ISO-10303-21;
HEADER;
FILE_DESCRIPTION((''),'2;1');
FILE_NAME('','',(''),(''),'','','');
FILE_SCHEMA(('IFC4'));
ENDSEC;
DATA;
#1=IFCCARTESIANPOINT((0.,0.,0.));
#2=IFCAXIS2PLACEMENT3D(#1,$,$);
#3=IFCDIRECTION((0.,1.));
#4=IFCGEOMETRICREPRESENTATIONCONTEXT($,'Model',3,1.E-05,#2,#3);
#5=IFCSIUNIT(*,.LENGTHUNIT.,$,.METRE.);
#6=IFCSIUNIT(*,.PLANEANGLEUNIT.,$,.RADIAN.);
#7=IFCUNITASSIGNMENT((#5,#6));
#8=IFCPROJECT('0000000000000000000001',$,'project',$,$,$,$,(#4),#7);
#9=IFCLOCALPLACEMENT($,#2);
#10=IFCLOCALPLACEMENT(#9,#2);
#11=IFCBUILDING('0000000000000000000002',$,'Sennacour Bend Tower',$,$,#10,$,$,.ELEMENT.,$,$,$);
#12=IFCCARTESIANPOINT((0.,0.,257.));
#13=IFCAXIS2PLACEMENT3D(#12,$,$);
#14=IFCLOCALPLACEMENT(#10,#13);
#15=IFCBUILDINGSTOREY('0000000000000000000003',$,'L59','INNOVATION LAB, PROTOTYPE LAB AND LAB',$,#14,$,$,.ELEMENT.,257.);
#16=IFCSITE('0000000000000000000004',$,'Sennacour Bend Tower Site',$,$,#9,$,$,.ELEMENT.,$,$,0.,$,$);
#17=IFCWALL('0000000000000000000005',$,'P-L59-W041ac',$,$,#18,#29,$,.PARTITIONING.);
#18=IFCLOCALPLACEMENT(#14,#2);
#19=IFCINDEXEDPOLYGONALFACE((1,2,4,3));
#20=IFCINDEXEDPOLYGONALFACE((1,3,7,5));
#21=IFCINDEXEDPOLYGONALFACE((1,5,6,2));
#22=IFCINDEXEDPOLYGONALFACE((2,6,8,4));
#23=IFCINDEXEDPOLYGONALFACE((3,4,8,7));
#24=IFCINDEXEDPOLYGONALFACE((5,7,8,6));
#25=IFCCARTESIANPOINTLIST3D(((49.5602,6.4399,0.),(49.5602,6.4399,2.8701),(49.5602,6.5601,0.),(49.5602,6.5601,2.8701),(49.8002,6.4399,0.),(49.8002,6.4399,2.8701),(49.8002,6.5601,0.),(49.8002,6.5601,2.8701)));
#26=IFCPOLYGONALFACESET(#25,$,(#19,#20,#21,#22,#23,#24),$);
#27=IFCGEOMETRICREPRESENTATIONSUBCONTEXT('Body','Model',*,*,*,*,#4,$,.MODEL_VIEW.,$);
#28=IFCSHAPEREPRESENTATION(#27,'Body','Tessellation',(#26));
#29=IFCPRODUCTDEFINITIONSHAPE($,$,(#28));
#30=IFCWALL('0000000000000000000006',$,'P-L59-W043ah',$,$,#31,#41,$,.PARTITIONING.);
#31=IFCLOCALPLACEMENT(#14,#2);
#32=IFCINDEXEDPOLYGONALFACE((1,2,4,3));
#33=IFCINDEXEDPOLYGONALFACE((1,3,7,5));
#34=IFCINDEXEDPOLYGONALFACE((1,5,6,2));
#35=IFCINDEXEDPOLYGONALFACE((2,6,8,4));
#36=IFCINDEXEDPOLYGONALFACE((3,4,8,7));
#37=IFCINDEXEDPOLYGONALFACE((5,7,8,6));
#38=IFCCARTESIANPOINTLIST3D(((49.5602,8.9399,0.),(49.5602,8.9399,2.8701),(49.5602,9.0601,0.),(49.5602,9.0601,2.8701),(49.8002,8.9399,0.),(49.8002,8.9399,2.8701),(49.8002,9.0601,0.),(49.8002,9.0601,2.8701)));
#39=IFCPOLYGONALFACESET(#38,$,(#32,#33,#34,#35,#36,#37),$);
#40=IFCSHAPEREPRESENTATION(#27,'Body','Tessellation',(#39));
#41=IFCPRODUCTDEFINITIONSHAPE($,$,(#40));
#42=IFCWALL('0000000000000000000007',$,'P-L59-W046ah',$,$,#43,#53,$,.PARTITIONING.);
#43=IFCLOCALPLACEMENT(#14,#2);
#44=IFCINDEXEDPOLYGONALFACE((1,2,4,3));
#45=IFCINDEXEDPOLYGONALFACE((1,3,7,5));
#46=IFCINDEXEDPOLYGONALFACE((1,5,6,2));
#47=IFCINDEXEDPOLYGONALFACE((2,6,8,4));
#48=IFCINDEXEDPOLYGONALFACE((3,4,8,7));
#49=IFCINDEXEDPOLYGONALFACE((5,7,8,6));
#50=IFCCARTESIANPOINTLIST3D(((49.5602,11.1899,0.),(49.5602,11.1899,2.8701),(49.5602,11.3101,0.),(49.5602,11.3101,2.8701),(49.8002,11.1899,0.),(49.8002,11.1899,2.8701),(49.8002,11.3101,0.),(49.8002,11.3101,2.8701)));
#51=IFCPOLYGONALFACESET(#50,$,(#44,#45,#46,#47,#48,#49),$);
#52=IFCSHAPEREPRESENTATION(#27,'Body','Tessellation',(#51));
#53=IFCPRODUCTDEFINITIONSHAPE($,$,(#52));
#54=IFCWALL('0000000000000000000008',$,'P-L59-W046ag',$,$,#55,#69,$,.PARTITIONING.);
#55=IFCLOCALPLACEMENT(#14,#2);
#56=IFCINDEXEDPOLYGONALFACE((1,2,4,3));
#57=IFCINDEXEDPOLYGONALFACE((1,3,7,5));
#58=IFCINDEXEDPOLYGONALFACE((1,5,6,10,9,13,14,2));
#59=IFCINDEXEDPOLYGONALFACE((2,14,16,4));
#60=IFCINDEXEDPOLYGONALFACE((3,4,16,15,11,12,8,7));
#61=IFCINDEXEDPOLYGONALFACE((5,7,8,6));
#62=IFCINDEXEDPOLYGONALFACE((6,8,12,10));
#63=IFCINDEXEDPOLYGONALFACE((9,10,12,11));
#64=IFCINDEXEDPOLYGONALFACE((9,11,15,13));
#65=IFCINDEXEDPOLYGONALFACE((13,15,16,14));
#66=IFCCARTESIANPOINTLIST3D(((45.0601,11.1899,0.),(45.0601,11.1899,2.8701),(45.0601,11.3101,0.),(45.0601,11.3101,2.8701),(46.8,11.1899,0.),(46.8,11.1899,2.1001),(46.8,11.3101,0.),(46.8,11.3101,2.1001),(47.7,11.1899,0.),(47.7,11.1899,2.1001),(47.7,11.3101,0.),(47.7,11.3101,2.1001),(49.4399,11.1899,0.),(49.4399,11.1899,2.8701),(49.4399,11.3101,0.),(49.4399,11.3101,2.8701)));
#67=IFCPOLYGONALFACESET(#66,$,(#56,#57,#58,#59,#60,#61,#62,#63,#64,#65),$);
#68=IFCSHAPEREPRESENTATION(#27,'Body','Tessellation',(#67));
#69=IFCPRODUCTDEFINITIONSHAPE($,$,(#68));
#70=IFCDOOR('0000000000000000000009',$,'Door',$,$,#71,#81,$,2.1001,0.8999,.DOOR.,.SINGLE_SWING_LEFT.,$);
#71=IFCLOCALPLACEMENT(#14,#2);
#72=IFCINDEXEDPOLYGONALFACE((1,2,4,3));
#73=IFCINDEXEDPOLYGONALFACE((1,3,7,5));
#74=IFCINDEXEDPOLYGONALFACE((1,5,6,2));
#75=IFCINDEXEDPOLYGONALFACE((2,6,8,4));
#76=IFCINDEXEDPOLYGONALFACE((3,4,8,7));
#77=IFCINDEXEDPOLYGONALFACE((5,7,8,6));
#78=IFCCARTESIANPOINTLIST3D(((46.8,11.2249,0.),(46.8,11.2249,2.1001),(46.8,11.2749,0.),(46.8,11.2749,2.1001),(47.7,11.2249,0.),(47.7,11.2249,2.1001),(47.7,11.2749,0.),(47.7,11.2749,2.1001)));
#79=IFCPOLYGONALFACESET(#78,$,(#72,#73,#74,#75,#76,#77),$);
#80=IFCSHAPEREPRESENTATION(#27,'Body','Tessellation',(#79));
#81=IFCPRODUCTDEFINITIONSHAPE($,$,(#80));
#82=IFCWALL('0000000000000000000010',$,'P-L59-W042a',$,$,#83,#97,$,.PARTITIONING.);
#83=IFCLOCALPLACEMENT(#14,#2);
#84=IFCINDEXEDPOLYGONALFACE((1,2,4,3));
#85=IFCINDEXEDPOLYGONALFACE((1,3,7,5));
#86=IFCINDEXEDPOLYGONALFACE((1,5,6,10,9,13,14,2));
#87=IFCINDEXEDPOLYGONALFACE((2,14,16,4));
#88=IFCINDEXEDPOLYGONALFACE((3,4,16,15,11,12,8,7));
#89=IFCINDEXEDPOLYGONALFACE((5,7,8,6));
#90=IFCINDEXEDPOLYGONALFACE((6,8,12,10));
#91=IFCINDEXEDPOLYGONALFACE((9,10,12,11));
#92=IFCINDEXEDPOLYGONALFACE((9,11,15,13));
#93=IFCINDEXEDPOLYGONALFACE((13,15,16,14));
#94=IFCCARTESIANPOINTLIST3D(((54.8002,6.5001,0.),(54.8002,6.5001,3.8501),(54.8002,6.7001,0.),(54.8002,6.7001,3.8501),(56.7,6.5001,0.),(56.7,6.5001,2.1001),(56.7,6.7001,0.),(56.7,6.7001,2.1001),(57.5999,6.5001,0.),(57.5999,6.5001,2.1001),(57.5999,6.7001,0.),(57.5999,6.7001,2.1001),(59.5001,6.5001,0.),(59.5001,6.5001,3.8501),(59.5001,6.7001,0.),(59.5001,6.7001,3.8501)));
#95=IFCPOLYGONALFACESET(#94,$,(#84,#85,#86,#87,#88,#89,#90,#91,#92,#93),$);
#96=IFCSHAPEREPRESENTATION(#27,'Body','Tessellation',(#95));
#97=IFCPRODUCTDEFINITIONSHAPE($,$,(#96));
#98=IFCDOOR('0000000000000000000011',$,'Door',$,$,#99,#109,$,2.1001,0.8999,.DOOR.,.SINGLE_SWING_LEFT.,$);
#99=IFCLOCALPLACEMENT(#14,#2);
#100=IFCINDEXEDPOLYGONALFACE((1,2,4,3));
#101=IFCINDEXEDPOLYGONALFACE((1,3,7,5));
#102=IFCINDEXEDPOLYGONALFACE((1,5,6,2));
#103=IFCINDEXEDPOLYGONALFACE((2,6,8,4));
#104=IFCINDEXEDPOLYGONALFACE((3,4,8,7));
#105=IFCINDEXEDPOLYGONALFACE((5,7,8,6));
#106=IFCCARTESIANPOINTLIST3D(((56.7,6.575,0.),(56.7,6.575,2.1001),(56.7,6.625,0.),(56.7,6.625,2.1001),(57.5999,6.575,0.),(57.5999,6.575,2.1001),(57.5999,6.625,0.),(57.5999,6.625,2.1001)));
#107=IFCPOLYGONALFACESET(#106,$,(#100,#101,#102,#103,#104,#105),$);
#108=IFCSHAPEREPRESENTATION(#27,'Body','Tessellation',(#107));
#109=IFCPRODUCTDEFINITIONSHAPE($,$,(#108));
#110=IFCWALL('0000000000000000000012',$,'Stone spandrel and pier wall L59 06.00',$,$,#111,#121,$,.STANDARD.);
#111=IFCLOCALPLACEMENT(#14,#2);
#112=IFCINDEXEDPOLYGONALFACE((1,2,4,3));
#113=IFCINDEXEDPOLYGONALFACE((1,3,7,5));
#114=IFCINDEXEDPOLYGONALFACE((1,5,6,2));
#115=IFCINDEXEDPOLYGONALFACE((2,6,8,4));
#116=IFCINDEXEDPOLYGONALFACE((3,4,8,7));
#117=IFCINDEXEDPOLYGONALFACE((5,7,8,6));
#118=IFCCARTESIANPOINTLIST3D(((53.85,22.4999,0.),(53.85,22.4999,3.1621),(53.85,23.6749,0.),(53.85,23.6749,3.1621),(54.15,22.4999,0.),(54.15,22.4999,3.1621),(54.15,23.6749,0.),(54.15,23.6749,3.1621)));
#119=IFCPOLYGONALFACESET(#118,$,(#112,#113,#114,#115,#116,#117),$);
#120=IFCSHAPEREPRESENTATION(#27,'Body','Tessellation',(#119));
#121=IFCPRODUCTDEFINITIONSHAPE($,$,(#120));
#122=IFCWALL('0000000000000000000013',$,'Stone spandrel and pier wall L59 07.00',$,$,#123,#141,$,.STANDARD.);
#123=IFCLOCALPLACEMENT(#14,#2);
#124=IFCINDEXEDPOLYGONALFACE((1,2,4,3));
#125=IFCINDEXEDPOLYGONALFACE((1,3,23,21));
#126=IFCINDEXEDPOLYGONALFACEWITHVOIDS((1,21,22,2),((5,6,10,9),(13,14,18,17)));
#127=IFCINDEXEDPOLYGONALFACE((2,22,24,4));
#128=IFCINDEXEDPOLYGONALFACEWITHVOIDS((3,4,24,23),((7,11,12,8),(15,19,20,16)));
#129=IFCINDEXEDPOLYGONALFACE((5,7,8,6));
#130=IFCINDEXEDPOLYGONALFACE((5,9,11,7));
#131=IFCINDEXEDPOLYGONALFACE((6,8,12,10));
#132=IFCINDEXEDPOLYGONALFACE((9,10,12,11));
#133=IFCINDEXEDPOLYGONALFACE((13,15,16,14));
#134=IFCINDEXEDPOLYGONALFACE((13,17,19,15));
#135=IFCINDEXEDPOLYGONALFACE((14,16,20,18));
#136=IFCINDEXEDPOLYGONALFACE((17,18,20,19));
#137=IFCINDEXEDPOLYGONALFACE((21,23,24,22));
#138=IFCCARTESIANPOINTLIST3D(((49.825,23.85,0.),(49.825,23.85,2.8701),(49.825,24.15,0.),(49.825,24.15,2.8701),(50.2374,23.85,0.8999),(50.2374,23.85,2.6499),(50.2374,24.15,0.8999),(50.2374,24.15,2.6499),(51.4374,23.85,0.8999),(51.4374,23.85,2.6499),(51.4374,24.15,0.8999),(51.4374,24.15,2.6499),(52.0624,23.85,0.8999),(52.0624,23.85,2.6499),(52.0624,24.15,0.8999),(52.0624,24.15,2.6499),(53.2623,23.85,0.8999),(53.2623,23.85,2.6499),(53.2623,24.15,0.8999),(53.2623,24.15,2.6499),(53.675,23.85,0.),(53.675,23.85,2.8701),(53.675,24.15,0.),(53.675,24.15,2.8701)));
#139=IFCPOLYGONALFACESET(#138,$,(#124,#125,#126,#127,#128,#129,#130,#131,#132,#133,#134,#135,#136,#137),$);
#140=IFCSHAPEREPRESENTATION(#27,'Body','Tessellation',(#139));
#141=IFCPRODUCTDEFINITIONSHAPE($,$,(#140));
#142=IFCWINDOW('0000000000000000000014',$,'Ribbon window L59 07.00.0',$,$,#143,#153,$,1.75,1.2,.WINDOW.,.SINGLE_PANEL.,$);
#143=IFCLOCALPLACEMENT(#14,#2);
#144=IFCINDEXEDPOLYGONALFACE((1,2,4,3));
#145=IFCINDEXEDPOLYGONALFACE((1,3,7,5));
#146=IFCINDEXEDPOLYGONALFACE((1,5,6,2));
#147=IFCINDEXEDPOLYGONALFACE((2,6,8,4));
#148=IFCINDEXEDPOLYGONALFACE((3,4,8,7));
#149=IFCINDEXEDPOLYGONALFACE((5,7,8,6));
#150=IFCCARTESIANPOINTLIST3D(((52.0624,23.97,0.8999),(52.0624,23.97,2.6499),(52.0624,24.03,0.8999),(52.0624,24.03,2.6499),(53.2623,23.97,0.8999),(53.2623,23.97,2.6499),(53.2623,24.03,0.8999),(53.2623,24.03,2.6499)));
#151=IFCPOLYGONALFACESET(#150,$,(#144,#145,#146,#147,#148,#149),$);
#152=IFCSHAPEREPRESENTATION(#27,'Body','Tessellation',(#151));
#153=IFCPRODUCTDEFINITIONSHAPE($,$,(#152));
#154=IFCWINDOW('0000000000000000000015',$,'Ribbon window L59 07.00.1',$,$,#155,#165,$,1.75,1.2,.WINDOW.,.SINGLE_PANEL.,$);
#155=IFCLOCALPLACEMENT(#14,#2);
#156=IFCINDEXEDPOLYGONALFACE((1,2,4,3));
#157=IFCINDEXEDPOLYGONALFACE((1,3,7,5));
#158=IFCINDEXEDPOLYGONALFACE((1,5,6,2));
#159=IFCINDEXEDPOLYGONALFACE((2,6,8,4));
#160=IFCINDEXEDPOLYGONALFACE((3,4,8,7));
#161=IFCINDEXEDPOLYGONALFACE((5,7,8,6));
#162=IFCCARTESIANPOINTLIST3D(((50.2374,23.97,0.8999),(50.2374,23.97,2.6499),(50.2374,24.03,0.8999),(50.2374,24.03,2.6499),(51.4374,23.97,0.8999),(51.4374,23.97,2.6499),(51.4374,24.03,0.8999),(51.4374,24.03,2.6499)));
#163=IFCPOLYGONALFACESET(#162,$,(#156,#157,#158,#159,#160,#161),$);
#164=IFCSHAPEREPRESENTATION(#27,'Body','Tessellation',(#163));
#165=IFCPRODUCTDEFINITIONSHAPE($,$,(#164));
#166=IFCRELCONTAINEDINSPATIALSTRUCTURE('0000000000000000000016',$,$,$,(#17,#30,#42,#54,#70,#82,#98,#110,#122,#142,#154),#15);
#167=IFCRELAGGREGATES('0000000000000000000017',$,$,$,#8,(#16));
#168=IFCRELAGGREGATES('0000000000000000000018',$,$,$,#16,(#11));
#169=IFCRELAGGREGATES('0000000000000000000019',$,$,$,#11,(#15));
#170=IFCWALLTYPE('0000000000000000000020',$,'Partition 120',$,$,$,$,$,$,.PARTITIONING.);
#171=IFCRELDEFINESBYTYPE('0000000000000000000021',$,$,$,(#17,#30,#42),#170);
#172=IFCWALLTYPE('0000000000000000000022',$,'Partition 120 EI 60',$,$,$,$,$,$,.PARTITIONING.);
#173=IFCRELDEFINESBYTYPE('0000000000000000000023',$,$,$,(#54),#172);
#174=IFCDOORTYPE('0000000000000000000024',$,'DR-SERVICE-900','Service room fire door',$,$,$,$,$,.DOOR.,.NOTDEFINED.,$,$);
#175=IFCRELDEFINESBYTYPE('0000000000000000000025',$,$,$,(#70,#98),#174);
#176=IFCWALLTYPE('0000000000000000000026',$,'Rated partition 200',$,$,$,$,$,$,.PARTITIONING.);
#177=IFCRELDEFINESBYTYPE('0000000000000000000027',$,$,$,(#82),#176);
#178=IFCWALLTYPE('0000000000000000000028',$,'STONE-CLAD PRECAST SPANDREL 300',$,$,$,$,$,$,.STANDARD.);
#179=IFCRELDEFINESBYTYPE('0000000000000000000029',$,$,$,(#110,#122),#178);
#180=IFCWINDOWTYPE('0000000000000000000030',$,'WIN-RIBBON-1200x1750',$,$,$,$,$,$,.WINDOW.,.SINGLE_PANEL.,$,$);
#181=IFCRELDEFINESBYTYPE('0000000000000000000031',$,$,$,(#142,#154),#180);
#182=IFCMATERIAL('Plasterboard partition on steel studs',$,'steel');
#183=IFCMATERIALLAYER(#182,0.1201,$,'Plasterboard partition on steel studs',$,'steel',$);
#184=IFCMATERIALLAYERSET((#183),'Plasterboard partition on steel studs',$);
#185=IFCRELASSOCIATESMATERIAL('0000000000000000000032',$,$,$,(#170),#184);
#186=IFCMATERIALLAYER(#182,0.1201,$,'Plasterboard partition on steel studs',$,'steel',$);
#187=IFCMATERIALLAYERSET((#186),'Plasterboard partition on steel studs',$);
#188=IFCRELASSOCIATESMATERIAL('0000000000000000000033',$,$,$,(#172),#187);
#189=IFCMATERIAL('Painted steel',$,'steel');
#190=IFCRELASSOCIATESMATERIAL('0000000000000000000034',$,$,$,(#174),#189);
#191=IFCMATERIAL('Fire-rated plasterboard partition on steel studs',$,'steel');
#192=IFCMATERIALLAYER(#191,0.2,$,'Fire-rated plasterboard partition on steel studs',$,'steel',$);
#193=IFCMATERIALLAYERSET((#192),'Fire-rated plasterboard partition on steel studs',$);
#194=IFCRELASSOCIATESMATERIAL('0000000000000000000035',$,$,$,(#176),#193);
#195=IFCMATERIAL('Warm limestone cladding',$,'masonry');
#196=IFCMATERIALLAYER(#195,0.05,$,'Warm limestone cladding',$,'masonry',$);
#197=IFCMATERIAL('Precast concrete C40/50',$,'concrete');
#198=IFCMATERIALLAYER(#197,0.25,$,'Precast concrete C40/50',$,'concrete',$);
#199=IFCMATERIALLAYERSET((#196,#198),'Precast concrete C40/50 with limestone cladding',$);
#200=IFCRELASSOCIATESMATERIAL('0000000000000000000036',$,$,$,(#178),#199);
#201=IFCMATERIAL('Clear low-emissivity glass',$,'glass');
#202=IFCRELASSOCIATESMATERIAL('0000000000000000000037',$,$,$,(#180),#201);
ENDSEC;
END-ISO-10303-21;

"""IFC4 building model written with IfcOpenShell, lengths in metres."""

from ifc_helpers import new_model, si_unit, direction, frame, frame_2d, origin, place, context, subcontext, project, spatial, rectangle, extrude, material, layer, layer_set, type_object, element, fill, save


model = new_model("IFC4")

# Units and contexts
model_context = context("Model", 3, precision=1e-05, world=origin(), true_north=direction((0.0, 1.0)))
body_context = subcontext(model_context, "Body", "Model", "MODEL_VIEW")
ifc_project = project(units=[si_unit("LENGTHUNIT", "METRE"), si_unit("PLANEANGLEUNIT", "RADIAN")], contexts=[model_context])

# Site, building, storey
site_placement = place(None, origin())
site = spatial("IfcSite", under=ifc_project, at=site_placement, Name="Sennacour Bend Tower Site", CompositionType="ELEMENT", RefElevation=0.0)
building_placement = place(site_placement, origin())
building = spatial("IfcBuilding", under=site, at=building_placement, Name="Sennacour Bend Tower", CompositionType="ELEMENT")
storey_placement = place(building_placement, frame((0.0, 0.0, 257.0)))
storey = spatial("IfcBuildingStorey", under=building, at=storey_placement, Name="L59", Description="INNOVATION LAB, PROTOTYPE LAB AND LAB", CompositionType="ELEMENT", Elevation=257.0)

# Walls
ifc_material_1 = material(Name="Plasterboard partition on steel studs", Category="steel")
ifc_layer_1 = layer(ifc_material_1, 0.1201, Name="Plasterboard partition on steel studs", Category="steel")
ifc_layer_set_1 = layer_set([ifc_layer_1], Name="Plasterboard partition on steel studs")
wall_type_1 = type_object("IfcWallType", Name="Partition 120", PredefinedType="PARTITIONING", material=ifc_layer_set_1)
for number, where, z_axis, x_axis, name in (
    (1, (49.5601, 6.5, 0.0), (0.0, 0.0, 1.0), (1.0, 0.0, 0.0), "P-L59-W041ac"),
    (2, (49.5601, 9.0, 0.0), (0.0, 0.0, 1.0), (1.0, 0.0, 0.0), "P-L59-W043ah"),
    (3, (49.5601, 11.25, 0.0), (0.0, 0.0, 1.0), (1.0, 0.0, 0.0), "P-L59-W046ah"),
):
    element("IfcWall", number, at=place(storey_placement, frame(where, z_axis=z_axis, x_axis=x_axis)), inside=storey, type_object=wall_type_1, Name=name, PredefinedType="PARTITIONING", context=body_context, shape_type="SweptSolid", body=[
        extrude(rectangle(XDim=0.24, YDim=0.1201, at=frame_2d((0.1201, 0.0))), origin(), (0.0, 0.0, 1.0), 2.8701),
    ])

# Walls, openings, doors
ifc_layer_2 = layer(ifc_material_1, 0.1201, Name="Plasterboard partition on steel studs", Category="steel")
ifc_layer_set_2 = layer_set([ifc_layer_2], Name="Plasterboard partition on steel studs")
wall_type_2 = type_object("IfcWallType", Name="Partition 120 EI 60", PredefinedType="PARTITIONING", material=ifc_layer_set_2)
wall_1_placement = place(storey_placement, frame((45.0601, 11.25, 0.0), z_axis=(0.0, 0.0, 1.0), x_axis=(1.0, 0.0, 0.0)))
wall_1 = element("IfcWall", 4, at=wall_1_placement, inside=storey, type_object=wall_type_2, Name="P-L59-W046ag", PredefinedType="PARTITIONING", context=body_context, shape_type="SweptSolid", body=[
    extrude(rectangle(XDim=4.3799, YDim=0.1201, at=frame_2d((2.1899, 0.0))), origin(), (0.0, 0.0, 1.0), 2.8701),
])
opening_1_placement = place(wall_1_placement, frame((1.74, 0.0, 0.0)))
opening_1 = element("IfcOpeningElement", 5, at=opening_1_placement, cuts=wall_1, PredefinedType="OPENING", context=body_context, shape_type="SweptSolid", body=[
    extrude(rectangle(XDim=0.8999, YDim=2.1001, at=frame_2d((0.45, 1.05))), frame((0.0, 0.0701, 0.0), z_axis=(0.0, -1.0, 0.0), x_axis=(1.0, 0.0, 0.0)), (0.0, 0.0, 1.0), 0.1401),
])
ifc_material_2 = material(Name="Painted steel", Category="steel")
door_type_1 = type_object("IfcDoorType", Name="DR-SERVICE-900", Description="Service room fire door", OperationType="NOTDEFINED", PredefinedType="DOOR", material=ifc_material_2)
door_1_placement = place(opening_1_placement, origin())
door_1 = element("IfcDoor", 6, at=door_1_placement, inside=storey, type_object=door_type_1, Name="Door", OperationType="SINGLE_SWING_LEFT", OverallHeight=2.1001, OverallWidth=0.8999, PredefinedType="DOOR", context=body_context, shape_type="SweptSolid", body=[
    extrude(rectangle(XDim=0.8999, YDim=2.1001, at=frame_2d((0.45, 1.05))), frame((0.0, 0.0249, 0.0), z_axis=(0.0, -1.0, 0.0), x_axis=(1.0, 0.0, 0.0)), (0.0, 0.0, 1.0), 0.05),
])
fill(opening_1, door_1)
ifc_material_3 = material(Name="Fire-rated plasterboard partition on steel studs", Category="steel")
ifc_layer_3 = layer(ifc_material_3, 0.2, Name="Fire-rated plasterboard partition on steel studs", Category="steel")
ifc_layer_set_3 = layer_set([ifc_layer_3], Name="Fire-rated plasterboard partition on steel studs")
wall_type_3 = type_object("IfcWallType", Name="Rated partition 200", PredefinedType="PARTITIONING", material=ifc_layer_set_3)
wall_2_placement = place(storey_placement, frame((54.8, 6.6001, 0.0), z_axis=(0.0, 0.0, 1.0), x_axis=(1.0, 0.0, 0.0)))
wall_2 = element("IfcWall", 7, at=wall_2_placement, inside=storey, type_object=wall_type_3, Name="P-L59-W042a", PredefinedType="PARTITIONING", context=body_context, shape_type="SweptSolid", body=[
    extrude(rectangle(XDim=4.7, YDim=0.2, at=frame_2d((2.3501, 0.0))), origin(), (0.0, 0.0, 1.0), 3.8501),
])
opening_2_placement = place(wall_2_placement, frame((1.8999, 0.0, 0.0)))
opening_2 = element("IfcOpeningElement", 8, at=opening_2_placement, cuts=wall_2, PredefinedType="OPENING", context=body_context, shape_type="SweptSolid", body=[
    extrude(rectangle(XDim=0.8999, YDim=2.1001, at=frame_2d((0.45, 1.05))), frame((0.0, 0.1099, 0.0), z_axis=(0.0, -1.0, 0.0), x_axis=(1.0, 0.0, 0.0)), (0.0, 0.0, 1.0), 0.22),
])
door_2_placement = place(opening_2_placement, origin())
door_2 = element("IfcDoor", 9, at=door_2_placement, inside=storey, type_object=door_type_1, Name="Door", OperationType="SINGLE_SWING_LEFT", OverallHeight=2.1001, OverallWidth=0.8999, PredefinedType="DOOR", context=body_context, shape_type="SweptSolid", body=[
    extrude(rectangle(XDim=0.8999, YDim=2.1001, at=frame_2d((0.45, 1.05))), frame((0.0, 0.0249, 0.0), z_axis=(0.0, -1.0, 0.0), x_axis=(1.0, 0.0, 0.0)), (0.0, 0.0, 1.0), 0.05),
])
fill(opening_2, door_2)

# Wall
ifc_material_4 = material(Name="Warm limestone cladding", Category="masonry")
ifc_layer_4 = layer(ifc_material_4, 0.05, Name="Warm limestone cladding", Category="masonry")
ifc_material_5 = material(Name="Precast concrete C40/50", Category="concrete")
ifc_layer_5 = layer(ifc_material_5, 0.25, Name="Precast concrete C40/50", Category="concrete")
ifc_layer_set_4 = layer_set([ifc_layer_4, ifc_layer_5], Name="Precast concrete C40/50 with limestone cladding")
wall_type_4 = type_object("IfcWallType", Name="STONE-CLAD PRECAST SPANDREL 300", PredefinedType="STANDARD", material=ifc_layer_set_4)
wall_3_placement = place(storey_placement, frame((54.0, 22.5, 0.0), z_axis=(0.0, 0.0, 1.0), x_axis=(0.0, 1.0, 0.0)))
element("IfcWall", 10, at=wall_3_placement, inside=storey, type_object=wall_type_4, Name="Stone spandrel and pier wall L59 06.00", PredefinedType="STANDARD", context=body_context, shape_type="SweptSolid", body=[
    extrude(rectangle(XDim=1.175, YDim=0.3, at=frame_2d((0.5874, 0.0))), origin(), (0.0, 0.0, 1.0), 3.1621),
])

# Wall, openings, windows
wall_4_placement = place(storey_placement, frame((53.675, 24.0, 0.0), z_axis=(0.0, 0.0, 1.0), x_axis=(-1.0, 0.0, 0.0)))
wall_4 = element("IfcWall", 11, at=wall_4_placement, inside=storey, type_object=wall_type_4, Name="Stone spandrel and pier wall L59 07.00", PredefinedType="STANDARD", context=body_context, shape_type="SweptSolid", body=[
    extrude(rectangle(XDim=3.8501, YDim=0.3, at=frame_2d((1.925, 0.0))), origin(), (0.0, 0.0, 1.0), 2.8701),
])
opening_3_placement = place(wall_4_placement, frame((0.4126, 0.0, 0.8999)))
opening_3 = element("IfcOpeningElement", 12, at=opening_3_placement, cuts=wall_4, PredefinedType="OPENING", context=body_context, shape_type="SweptSolid", body=[
    extrude(rectangle(XDim=1.2, YDim=1.75, at=frame_2d((0.6001, 0.875))), frame((0.0, 0.1602, 0.0), z_axis=(0.0, -1.0, 0.0), x_axis=(1.0, 0.0, 0.0)), (0.0, 0.0, 1.0), 0.3201),
])
opening_4_placement = place(wall_4_placement, frame((2.2375, 0.0, 0.8999)))
opening_4 = element("IfcOpeningElement", 13, at=opening_4_placement, cuts=wall_4, PredefinedType="OPENING", context=body_context, shape_type="SweptSolid", body=[
    extrude(rectangle(XDim=1.2, YDim=1.75, at=frame_2d((0.6001, 0.875))), frame((0.0, 0.1602, 0.0), z_axis=(0.0, -1.0, 0.0), x_axis=(1.0, 0.0, 0.0)), (0.0, 0.0, 1.0), 0.3201),
])
ifc_material_6 = material(Name="Clear low-emissivity glass", Category="glass")
window_type = type_object("IfcWindowType", Name="WIN-RIBBON-1200x1750", PartitioningType="SINGLE_PANEL", PredefinedType="WINDOW", material=ifc_material_6)
window_1_placement = place(opening_3_placement, origin())
window_1 = element("IfcWindow", 14, at=window_1_placement, inside=storey, type_object=window_type, Name="Ribbon window L59 07.00.0", OverallHeight=1.75, OverallWidth=1.2, PartitioningType="SINGLE_PANEL", PredefinedType="WINDOW", context=body_context, shape_type="SweptSolid", body=[
    extrude(rectangle(XDim=1.2, YDim=1.75, at=frame_2d((0.6001, 0.875))), frame((0.0, 0.03, 0.0), z_axis=(0.0, -1.0, 0.0), x_axis=(1.0, 0.0, 0.0)), (0.0, 0.0, 1.0), 0.0601),
])
fill(opening_3, window_1)
window_2_placement = place(opening_4_placement, origin())
window_2 = element("IfcWindow", 15, at=window_2_placement, inside=storey, type_object=window_type, Name="Ribbon window L59 07.00.1", OverallHeight=1.75, OverallWidth=1.2, PartitioningType="SINGLE_PANEL", PredefinedType="WINDOW", context=body_context, shape_type="SweptSolid", body=[
    extrude(rectangle(XDim=1.2, YDim=1.75, at=frame_2d((0.6001, 0.875))), frame((0.0, 0.03, 0.0), z_axis=(0.0, -1.0, 0.0), x_axis=(1.0, 0.0, 0.0)), (0.0, 0.0, 1.0), 0.0601),
])
fill(opening_4, window_2)

save(model, "model.ifc")
